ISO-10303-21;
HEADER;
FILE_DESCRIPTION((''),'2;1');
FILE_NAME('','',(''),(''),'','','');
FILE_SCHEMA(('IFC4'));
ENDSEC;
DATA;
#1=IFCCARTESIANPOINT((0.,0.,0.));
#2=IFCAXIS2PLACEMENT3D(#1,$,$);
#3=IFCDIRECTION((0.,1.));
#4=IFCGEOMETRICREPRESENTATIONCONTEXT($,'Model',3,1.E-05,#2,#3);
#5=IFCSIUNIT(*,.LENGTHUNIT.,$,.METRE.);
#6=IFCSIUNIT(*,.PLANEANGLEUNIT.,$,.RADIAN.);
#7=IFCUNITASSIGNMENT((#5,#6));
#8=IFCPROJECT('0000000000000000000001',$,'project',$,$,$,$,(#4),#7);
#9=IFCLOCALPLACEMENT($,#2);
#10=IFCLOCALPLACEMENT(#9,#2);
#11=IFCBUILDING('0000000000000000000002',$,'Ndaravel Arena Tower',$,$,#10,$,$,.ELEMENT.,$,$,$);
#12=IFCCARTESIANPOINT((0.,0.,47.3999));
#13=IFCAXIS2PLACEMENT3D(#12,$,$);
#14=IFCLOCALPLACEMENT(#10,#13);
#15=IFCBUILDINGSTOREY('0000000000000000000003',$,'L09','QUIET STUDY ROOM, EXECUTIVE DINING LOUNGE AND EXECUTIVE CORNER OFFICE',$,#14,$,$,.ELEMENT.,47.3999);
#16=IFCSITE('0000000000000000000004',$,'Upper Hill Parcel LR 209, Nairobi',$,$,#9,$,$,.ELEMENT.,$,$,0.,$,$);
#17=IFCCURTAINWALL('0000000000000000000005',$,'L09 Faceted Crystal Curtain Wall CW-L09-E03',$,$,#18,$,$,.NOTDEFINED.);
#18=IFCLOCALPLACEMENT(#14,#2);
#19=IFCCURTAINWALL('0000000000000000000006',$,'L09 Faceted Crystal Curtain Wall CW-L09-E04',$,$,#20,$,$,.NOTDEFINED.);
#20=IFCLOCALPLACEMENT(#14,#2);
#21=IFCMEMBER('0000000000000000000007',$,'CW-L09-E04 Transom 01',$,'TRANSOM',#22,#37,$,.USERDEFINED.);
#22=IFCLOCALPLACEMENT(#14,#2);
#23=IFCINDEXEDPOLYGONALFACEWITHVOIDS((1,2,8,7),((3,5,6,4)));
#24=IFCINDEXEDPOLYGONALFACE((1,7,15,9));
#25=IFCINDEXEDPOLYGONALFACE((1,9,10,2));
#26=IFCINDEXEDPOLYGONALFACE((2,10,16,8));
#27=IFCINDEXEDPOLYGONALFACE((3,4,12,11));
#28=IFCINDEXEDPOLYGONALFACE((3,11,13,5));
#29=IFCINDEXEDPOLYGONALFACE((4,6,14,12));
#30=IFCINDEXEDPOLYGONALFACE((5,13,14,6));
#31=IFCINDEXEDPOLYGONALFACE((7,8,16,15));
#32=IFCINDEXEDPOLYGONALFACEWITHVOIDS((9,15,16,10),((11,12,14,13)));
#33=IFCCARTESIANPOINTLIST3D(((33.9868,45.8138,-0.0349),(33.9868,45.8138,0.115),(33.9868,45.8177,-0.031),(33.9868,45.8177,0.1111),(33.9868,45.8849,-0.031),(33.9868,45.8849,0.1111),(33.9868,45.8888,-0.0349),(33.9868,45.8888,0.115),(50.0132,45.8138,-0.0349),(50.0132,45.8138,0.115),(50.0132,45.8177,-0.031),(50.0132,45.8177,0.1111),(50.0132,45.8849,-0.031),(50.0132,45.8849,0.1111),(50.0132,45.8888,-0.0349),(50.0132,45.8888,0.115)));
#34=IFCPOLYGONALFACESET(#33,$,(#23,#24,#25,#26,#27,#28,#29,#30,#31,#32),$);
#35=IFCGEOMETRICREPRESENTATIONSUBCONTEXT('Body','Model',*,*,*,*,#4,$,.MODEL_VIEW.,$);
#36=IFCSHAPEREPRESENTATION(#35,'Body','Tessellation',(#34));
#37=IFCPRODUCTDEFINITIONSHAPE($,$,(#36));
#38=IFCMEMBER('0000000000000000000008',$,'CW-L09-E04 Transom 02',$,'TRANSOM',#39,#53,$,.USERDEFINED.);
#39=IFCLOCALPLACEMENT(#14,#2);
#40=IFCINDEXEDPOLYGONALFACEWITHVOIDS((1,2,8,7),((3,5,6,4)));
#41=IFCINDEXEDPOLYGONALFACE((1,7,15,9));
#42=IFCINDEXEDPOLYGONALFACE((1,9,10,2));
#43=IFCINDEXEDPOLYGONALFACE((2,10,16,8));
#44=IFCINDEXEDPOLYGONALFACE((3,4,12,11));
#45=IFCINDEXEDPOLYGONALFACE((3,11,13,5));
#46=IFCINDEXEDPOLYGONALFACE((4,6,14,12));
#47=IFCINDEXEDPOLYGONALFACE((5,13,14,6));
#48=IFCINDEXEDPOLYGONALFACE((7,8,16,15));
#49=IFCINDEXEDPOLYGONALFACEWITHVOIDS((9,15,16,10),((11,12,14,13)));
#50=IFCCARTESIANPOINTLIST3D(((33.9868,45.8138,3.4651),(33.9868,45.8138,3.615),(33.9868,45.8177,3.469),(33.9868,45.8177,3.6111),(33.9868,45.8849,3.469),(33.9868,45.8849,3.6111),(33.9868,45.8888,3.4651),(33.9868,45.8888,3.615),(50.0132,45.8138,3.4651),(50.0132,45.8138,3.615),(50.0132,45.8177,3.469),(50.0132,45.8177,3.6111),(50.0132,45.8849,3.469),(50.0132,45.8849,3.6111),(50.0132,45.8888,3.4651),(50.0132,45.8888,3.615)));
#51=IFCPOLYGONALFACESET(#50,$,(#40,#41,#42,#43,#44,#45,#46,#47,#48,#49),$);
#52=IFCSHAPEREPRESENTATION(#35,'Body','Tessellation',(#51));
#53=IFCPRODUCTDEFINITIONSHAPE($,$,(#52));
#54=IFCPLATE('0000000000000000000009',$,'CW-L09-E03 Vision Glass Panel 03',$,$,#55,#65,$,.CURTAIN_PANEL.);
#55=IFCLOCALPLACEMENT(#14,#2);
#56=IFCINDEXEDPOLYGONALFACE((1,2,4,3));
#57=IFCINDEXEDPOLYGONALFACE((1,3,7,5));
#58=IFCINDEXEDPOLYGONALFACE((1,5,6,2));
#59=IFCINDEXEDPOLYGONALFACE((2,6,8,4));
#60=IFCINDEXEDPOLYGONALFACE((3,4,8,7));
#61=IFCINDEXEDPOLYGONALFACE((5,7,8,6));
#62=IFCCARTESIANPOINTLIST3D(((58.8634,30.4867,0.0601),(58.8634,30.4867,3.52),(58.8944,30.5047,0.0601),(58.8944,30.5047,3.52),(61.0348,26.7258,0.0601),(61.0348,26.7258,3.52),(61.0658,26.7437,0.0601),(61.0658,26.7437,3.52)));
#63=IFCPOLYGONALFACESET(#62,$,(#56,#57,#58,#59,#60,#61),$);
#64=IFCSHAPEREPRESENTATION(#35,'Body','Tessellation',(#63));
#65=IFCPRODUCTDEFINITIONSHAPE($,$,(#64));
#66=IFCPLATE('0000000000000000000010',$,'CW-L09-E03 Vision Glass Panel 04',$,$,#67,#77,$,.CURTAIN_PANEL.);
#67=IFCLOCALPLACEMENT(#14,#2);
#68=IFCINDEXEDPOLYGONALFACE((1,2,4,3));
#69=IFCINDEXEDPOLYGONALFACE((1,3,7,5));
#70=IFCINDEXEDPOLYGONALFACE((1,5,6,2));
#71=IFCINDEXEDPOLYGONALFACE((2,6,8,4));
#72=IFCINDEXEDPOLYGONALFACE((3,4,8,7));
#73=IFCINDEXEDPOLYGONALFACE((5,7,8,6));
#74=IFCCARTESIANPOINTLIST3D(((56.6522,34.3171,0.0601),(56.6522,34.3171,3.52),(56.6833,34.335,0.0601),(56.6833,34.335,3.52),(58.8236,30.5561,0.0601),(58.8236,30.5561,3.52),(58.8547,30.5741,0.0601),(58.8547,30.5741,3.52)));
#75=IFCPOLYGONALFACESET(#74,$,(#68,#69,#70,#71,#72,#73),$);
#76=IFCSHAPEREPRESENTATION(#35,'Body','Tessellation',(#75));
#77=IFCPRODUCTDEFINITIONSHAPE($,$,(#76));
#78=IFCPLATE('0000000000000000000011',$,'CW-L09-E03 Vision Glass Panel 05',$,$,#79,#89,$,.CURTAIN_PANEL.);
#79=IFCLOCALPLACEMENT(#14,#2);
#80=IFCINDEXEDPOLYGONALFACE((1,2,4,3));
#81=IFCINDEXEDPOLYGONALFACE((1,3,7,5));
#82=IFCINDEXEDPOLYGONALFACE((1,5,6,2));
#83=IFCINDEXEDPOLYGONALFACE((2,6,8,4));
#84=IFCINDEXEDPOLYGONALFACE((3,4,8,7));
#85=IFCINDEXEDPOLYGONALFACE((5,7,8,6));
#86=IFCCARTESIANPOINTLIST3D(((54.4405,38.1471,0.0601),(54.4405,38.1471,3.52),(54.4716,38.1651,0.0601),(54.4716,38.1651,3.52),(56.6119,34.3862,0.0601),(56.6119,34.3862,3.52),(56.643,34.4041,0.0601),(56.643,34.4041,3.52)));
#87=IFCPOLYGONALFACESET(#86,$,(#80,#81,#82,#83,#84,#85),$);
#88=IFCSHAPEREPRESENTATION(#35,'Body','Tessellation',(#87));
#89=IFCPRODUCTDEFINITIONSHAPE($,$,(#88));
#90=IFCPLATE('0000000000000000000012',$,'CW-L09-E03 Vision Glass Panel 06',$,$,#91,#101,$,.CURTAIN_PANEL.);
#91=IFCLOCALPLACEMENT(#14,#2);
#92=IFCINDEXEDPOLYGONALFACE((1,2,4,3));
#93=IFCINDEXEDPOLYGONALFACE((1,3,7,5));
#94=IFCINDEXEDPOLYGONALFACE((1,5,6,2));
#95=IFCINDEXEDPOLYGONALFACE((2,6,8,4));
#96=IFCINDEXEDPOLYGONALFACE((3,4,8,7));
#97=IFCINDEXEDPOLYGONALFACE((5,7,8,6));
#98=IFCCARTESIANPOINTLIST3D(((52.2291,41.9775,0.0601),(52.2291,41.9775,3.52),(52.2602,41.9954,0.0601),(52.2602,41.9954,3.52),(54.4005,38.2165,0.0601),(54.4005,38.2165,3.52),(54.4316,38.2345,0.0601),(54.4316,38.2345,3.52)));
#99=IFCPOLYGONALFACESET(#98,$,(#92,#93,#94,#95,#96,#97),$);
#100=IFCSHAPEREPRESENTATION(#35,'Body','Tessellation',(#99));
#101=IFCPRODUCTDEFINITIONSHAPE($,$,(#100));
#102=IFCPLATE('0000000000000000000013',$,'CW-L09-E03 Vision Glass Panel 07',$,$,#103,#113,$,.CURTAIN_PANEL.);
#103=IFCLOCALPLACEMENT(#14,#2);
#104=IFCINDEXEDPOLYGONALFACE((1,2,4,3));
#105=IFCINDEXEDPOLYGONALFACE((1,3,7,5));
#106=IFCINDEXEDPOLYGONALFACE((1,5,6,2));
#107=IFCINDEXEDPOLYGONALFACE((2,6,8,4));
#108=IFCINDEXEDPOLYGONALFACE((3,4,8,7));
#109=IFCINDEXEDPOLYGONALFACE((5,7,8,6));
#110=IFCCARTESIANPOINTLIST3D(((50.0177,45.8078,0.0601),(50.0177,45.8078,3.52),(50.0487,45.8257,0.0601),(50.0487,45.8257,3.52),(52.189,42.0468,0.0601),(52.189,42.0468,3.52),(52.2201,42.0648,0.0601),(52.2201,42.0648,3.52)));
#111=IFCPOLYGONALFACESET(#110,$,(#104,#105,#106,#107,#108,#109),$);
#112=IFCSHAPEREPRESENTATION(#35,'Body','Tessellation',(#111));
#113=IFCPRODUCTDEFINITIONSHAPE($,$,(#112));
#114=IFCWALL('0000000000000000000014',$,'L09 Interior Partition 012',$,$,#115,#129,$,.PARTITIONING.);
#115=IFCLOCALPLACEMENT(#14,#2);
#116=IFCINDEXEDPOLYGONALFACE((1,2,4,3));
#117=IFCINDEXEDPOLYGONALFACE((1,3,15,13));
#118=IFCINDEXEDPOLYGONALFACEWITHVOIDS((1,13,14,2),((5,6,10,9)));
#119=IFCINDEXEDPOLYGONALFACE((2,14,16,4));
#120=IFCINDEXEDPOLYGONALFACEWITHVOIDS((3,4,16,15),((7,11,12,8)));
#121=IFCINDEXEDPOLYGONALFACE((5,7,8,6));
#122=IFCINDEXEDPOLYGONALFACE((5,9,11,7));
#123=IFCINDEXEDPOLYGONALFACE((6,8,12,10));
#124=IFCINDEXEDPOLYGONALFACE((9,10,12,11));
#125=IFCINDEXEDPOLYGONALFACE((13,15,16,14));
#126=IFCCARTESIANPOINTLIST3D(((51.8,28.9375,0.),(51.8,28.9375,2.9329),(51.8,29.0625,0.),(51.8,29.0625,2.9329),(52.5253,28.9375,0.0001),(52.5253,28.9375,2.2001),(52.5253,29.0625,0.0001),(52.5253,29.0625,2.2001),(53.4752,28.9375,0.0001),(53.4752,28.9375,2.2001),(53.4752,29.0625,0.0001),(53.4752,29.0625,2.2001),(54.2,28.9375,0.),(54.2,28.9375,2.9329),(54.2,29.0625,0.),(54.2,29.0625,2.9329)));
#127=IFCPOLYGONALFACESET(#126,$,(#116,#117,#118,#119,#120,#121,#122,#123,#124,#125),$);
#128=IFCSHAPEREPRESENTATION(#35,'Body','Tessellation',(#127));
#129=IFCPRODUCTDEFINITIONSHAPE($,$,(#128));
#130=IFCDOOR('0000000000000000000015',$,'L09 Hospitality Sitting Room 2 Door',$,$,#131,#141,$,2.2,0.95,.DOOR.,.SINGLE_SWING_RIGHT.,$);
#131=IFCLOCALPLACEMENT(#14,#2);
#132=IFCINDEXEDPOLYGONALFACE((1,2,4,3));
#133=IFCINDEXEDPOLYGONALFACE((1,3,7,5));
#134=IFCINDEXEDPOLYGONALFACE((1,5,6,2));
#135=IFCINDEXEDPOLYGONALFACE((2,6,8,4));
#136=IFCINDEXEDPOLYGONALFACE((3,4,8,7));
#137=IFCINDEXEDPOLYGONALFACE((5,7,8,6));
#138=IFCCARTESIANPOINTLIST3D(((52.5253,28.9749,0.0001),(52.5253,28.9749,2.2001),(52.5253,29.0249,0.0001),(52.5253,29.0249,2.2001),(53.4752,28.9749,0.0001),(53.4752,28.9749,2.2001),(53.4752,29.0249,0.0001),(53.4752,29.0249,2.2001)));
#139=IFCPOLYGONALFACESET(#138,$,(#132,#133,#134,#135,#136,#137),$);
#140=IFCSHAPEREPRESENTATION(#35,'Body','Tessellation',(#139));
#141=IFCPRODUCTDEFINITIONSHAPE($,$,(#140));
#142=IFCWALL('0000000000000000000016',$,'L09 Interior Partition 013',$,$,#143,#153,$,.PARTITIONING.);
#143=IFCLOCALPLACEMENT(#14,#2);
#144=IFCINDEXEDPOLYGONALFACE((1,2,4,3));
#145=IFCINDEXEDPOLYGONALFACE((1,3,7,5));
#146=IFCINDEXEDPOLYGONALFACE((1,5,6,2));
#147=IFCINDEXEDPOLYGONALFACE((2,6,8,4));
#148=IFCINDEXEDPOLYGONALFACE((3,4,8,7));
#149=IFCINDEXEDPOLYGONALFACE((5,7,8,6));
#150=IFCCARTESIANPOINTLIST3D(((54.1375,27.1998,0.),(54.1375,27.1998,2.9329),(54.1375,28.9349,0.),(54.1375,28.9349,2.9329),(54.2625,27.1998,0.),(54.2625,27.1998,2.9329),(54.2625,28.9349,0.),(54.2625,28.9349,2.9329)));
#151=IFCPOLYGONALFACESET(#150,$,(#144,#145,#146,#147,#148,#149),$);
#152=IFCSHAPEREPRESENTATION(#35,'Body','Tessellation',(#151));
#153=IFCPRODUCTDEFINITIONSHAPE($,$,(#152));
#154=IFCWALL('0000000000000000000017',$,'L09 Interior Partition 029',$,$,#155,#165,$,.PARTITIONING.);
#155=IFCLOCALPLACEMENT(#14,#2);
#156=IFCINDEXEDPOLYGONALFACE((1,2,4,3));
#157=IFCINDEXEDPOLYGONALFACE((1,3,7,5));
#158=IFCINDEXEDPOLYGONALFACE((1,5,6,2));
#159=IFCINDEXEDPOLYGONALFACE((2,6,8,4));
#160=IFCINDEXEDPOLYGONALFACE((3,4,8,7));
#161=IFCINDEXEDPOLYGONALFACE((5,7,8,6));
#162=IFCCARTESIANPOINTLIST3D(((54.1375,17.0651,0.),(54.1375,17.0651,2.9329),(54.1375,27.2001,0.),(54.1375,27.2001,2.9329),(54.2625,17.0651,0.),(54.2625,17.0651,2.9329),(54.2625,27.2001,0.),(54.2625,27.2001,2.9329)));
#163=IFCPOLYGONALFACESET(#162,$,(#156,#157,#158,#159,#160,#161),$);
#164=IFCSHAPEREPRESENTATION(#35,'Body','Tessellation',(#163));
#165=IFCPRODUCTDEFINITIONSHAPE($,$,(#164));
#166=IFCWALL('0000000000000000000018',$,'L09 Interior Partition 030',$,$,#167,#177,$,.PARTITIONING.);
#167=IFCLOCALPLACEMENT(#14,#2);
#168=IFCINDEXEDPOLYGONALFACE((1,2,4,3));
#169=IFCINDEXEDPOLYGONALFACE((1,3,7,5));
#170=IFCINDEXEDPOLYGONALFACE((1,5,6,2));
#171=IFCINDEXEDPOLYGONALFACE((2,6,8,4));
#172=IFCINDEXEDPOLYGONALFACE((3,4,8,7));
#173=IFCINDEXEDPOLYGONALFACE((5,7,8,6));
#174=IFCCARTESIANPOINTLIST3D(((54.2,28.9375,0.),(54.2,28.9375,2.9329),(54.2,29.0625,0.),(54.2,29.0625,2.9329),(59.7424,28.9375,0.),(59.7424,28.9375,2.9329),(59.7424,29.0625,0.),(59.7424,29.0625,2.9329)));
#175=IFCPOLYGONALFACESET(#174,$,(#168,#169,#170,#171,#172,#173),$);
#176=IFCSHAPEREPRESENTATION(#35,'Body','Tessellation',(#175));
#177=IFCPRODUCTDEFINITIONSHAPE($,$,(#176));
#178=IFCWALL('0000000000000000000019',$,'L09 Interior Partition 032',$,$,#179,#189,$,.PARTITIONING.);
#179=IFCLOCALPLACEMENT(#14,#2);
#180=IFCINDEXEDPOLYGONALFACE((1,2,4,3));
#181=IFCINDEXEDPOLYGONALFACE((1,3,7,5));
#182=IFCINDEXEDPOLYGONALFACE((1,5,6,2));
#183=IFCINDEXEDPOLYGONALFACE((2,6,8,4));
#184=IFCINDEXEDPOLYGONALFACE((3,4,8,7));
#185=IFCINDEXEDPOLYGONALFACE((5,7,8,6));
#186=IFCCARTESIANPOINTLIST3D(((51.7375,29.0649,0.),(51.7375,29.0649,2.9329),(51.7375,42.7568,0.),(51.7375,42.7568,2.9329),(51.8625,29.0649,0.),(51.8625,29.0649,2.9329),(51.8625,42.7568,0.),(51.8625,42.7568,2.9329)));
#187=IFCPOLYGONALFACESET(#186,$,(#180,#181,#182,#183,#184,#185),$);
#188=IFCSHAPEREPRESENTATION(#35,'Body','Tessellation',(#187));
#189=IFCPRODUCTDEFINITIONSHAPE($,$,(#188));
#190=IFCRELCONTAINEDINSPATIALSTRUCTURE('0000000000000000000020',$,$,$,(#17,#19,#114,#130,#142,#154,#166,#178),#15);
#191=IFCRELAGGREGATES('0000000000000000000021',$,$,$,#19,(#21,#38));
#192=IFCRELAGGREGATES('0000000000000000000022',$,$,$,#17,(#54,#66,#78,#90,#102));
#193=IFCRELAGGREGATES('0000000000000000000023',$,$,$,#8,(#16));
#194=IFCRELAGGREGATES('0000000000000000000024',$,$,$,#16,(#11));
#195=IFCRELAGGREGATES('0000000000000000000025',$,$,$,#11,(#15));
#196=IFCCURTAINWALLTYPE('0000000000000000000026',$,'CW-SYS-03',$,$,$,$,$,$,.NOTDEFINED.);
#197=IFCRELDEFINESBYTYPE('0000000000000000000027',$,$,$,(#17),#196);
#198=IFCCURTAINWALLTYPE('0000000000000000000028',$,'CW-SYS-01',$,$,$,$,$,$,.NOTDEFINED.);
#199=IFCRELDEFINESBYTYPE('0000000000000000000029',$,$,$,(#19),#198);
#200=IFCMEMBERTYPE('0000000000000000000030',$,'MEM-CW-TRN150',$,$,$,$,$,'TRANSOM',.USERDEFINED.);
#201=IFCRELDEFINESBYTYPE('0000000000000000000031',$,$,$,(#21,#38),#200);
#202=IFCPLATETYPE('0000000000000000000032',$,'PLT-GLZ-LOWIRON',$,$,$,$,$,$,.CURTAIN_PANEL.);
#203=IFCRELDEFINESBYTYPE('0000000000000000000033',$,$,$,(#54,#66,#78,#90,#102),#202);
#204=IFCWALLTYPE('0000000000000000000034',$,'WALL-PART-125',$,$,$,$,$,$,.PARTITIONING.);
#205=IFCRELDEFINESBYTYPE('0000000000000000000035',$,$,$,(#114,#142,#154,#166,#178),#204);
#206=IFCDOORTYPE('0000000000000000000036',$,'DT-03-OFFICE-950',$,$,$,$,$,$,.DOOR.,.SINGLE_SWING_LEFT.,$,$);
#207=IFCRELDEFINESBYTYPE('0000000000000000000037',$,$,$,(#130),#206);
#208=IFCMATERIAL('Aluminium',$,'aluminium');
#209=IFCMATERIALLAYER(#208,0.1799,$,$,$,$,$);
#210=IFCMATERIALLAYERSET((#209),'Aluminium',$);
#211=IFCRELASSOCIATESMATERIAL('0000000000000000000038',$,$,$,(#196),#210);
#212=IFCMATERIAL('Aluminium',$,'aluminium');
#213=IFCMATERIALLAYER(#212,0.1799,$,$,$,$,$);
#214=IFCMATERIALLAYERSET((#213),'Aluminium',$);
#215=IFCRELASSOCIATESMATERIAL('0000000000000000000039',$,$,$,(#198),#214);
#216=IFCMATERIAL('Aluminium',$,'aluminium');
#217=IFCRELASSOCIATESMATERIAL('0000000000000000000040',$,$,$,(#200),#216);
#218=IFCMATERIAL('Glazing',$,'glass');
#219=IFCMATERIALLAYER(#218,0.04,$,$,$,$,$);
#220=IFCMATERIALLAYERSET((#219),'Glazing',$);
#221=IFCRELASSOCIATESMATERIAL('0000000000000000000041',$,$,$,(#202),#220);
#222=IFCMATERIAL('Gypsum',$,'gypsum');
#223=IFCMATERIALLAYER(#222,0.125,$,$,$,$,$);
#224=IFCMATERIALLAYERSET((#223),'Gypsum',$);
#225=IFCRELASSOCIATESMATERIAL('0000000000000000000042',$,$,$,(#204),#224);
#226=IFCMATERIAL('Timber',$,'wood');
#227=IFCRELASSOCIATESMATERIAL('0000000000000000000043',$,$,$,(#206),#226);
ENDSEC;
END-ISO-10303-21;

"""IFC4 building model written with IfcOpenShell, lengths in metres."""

from ifc_helpers import new_model, si_unit, direction, frame, frame_2d, origin, origin_2d, place, context, subcontext, project, spatial, rectangle, hollow_rectangle, extrude, material, layer, layer_set, material_profile, profile_set, type_object, element, fill, aggregate, save


model = new_model("IFC4")

# Units and contexts
model_context = context("Model", 3, precision=1e-05, world=origin(), true_north=direction((0.0, 1.0)))
body_context = subcontext(model_context, "Body", "Model", "MODEL_VIEW")
ifc_project = project(units=[si_unit("LENGTHUNIT", "METRE"), si_unit("PLANEANGLEUNIT", "RADIAN")], contexts=[model_context])

# Site, building, storey
site_placement = place(None, origin())
site = spatial("IfcSite", under=ifc_project, at=site_placement, Name="Upper Hill Parcel LR 209, Nairobi", CompositionType="ELEMENT", RefElevation=0.0)
building_placement = place(site_placement, origin())
building = spatial("IfcBuilding", under=site, at=building_placement, Name="Ndaravel Arena Tower", CompositionType="ELEMENT")
storey_placement = place(building_placement, frame((0.0, 0.0, 47.3999)))
storey = spatial("IfcBuildingStorey", under=building, at=storey_placement, Name="L09", Description="QUIET STUDY ROOM, EXECUTIVE DINING LOUNGE AND EXECUTIVE CORNER OFFICE", CompositionType="ELEMENT", Elevation=47.3999)

# Curtain walls, members
ifc_material_1 = material(Name="Aluminium", Category="aluminium")
ifc_layer_1 = layer(ifc_material_1, 0.1799)
ifc_layer_set_1 = layer_set([ifc_layer_1], Name="Aluminium")
curtain_wall_type_1 = type_object("IfcCurtainWallType", Name="CW-SYS-03", PredefinedType="NOTDEFINED", material=ifc_layer_set_1)
curtain_wall_1_placement = place(storey_placement, origin())
curtain_wall_1 = element("IfcCurtainWall", 1, at=curtain_wall_1_placement, inside=storey, type_object=curtain_wall_type_1, Name="L09 Faceted Crystal Curtain Wall CW-L09-E03", PredefinedType="NOTDEFINED")
ifc_material_2 = material(Name="Aluminium", Category="aluminium")
ifc_layer_2 = layer(ifc_material_2, 0.1799)
ifc_layer_set_2 = layer_set([ifc_layer_2], Name="Aluminium")
curtain_wall_type_2 = type_object("IfcCurtainWallType", Name="CW-SYS-01", PredefinedType="NOTDEFINED", material=ifc_layer_set_2)
curtain_wall_2_placement = place(storey_placement, origin())
curtain_wall_2 = element("IfcCurtainWall", 2, at=curtain_wall_2_placement, inside=storey, type_object=curtain_wall_type_2, Name="L09 Faceted Crystal Curtain Wall CW-L09-E04", PredefinedType="NOTDEFINED")
ifc_material_3 = material(Name="Aluminium", Category="aluminium")
ifc_material_profile_1 = material_profile(ifc_material_3, hollow_rectangle(XDim=0.075, YDim=0.1499, WallThickness=0.0039, at=origin_2d()), Name="CW TRANSOM 75x150x4")
ifc_profile_set_1 = profile_set([ifc_material_profile_1], Name="Aluminium")
member_type_1 = type_object("IfcMemberType", Name="MEM-CW-TRN150", ElementType="TRANSOM", PredefinedType="USERDEFINED", material=ifc_profile_set_1)
member_1_placement = place(storey_placement, frame((50.0132, 45.8513, 0.04), z_axis=(-1.0, 0.0, 0.0), x_axis=(0.0, -1.0, 0.0)))
member_1 = element("IfcMember", 3, at=member_1_placement, type_object=member_type_1, Name="CW-L09-E04 Transom 01", ObjectType="TRANSOM", PredefinedType="USERDEFINED", context=body_context, shape_type="SweptSolid", body=[
    extrude(hollow_rectangle(XDim=0.075, YDim=0.1499, WallThickness=0.0039, at=origin_2d()), origin(), (0.0, 0.0, 1.0), 16.0264),
])
member_2_placement = place(storey_placement, frame((50.0132, 45.8513, 3.54), z_axis=(-1.0, 0.0, 0.0), x_axis=(0.0, -1.0, 0.0)))
member_2 = element("IfcMember", 4, at=member_2_placement, type_object=member_type_1, Name="CW-L09-E04 Transom 02", ObjectType="TRANSOM", PredefinedType="USERDEFINED", context=body_context, shape_type="SweptSolid", body=[
    extrude(hollow_rectangle(XDim=0.075, YDim=0.1499, WallThickness=0.0039, at=origin_2d()), origin(), (0.0, 0.0, 1.0), 16.0264),
])
aggregate(curtain_wall_2, [member_1, member_2])

# Plates
ifc_material_4 = material(Name="Glazing", Category="glass")
ifc_layer_3 = layer(ifc_material_4, 0.04)
ifc_layer_set_3 = layer_set([ifc_layer_3], Name="Glazing")
plate_type = type_object("IfcPlateType", Name="PLT-GLZ-LOWIRON", PredefinedType="CURTAIN_PANEL", material=ifc_layer_set_3)
plate_1_placement = place(storey_placement, frame((59.9646, 28.6152, 0.0601), z_axis=(0.0, 0.0, 1.0), x_axis=(-0.5, 0.866025, 0.0)))
plate_1 = element("IfcPlate", 5, at=plate_1_placement, type_object=plate_type, Name="CW-L09-E03 Vision Glass Panel 03", PredefinedType="CURTAIN_PANEL", context=body_context, shape_type="SweptSolid", body=[
    extrude(rectangle(XDim=4.3428, YDim=0.0359, at=origin_2d()), origin(), (0.0, 0.0, 1.0), 3.46),
])
plate_2_placement = place(storey_placement, frame((57.7534, 32.4456, 0.0601), z_axis=(0.0, 0.0, 1.0), x_axis=(-0.5, 0.866025, 0.0)))
plate_2 = element("IfcPlate", 6, at=plate_2_placement, type_object=plate_type, Name="CW-L09-E03 Vision Glass Panel 04", PredefinedType="CURTAIN_PANEL", context=body_context, shape_type="SweptSolid", body=[
    extrude(rectangle(XDim=4.3428, YDim=0.0359, at=origin_2d()), origin(), (0.0, 0.0, 1.0), 3.46),
])
plate_3_placement = place(storey_placement, frame((55.5417, 36.2756, 0.0601), z_axis=(0.0, 0.0, 1.0), x_axis=(-0.5, 0.866025, 0.0)))
plate_3 = element("IfcPlate", 7, at=plate_3_placement, type_object=plate_type, Name="CW-L09-E03 Vision Glass Panel 05", PredefinedType="CURTAIN_PANEL", context=body_context, shape_type="SweptSolid", body=[
    extrude(rectangle(XDim=4.3428, YDim=0.0359, at=origin_2d()), origin(), (0.0, 0.0, 1.0), 3.46),
])
plate_4_placement = place(storey_placement, frame((53.3303, 40.106, 0.0601), z_axis=(0.0, 0.0, 1.0), x_axis=(-0.5, 0.866025, 0.0)))
plate_4 = element("IfcPlate", 8, at=plate_4_placement, type_object=plate_type, Name="CW-L09-E03 Vision Glass Panel 06", PredefinedType="CURTAIN_PANEL", context=body_context, shape_type="SweptSolid", body=[
    extrude(rectangle(XDim=4.3428, YDim=0.0359, at=origin_2d()), origin(), (0.0, 0.0, 1.0), 3.46),
])
plate_5_placement = place(storey_placement, frame((51.1189, 43.9363, 0.0601), z_axis=(0.0, 0.0, 1.0), x_axis=(-0.5, 0.866025, 0.0)))
plate_5 = element("IfcPlate", 9, at=plate_5_placement, type_object=plate_type, Name="CW-L09-E03 Vision Glass Panel 07", PredefinedType="CURTAIN_PANEL", context=body_context, shape_type="SweptSolid", body=[
    extrude(rectangle(XDim=4.3428, YDim=0.0359, at=origin_2d()), origin(), (0.0, 0.0, 1.0), 3.46),
])
aggregate(curtain_wall_1, [plate_1, plate_2, plate_3, plate_4, plate_5])

# Wall, opening, door
ifc_material_5 = material(Name="Gypsum", Category="gypsum")
ifc_layer_4 = layer(ifc_material_5, 0.125)
ifc_layer_set_4 = layer_set([ifc_layer_4], Name="Gypsum")
wall_type = type_object("IfcWallType", Name="WALL-PART-125", PredefinedType="PARTITIONING", material=ifc_layer_set_4)
wall_1_placement = place(storey_placement, frame((51.8, 29.0, 0.0), z_axis=(0.0, 0.0, 1.0), x_axis=(1.0, 0.0, 0.0)))
wall_1 = element("IfcWall", 10, at=wall_1_placement, inside=storey, type_object=wall_type, Name="L09 Interior Partition 012", PredefinedType="PARTITIONING", context=body_context, shape_type="SweptSolid", body=[
    extrude(rectangle(XDim=2.3999, YDim=0.125, at=frame_2d((1.2, 0.0))), origin(), (0.0, 0.0, 1.0), 2.9329),
])
opening_placement = place(wall_1_placement, frame((0.7251, 0.0, 0.0)))
opening = element("IfcOpeningElement", 11, at=opening_placement, cuts=wall_1, PredefinedType="OPENING", context=body_context, shape_type="SweptSolid", body=[
    extrude(rectangle(XDim=0.95, YDim=2.2, at=frame_2d((0.4751, 1.1001))), frame((0.0, 0.0625, 0.0), z_axis=(0.0, -1.0, 0.0), x_axis=(1.0, 0.0, 0.0)), (0.0, 0.0, 1.0), 0.125),
])
ifc_material_6 = material(Name="Timber", Category="wood")
door_type = type_object("IfcDoorType", Name="DT-03-OFFICE-950", OperationType="SINGLE_SWING_LEFT", PredefinedType="DOOR", material=ifc_material_6)
door_placement = place(opening_placement, origin())
door = element("IfcDoor", 12, at=door_placement, inside=storey, type_object=door_type, Name="L09 Hospitality Sitting Room 2 Door", OperationType="SINGLE_SWING_RIGHT", OverallHeight=2.2, OverallWidth=0.95, PredefinedType="DOOR", context=body_context, shape_type="SweptSolid", body=[
    extrude(rectangle(XDim=0.95, YDim=2.2, at=frame_2d((0.4751, 1.1001))), frame((0.0, 0.0249, 0.0), z_axis=(0.0, -1.0, 0.0), x_axis=(1.0, 0.0, 0.0)), (0.0, 0.0, 1.0), 0.05),
])
fill(opening, door)

# Walls
wall_2_placement = place(storey_placement, frame((54.2, 28.9351, 0.0), z_axis=(0.0, 0.0, 1.0), x_axis=(0.0, -1.0, 0.0)))
element("IfcWall", 13, at=wall_2_placement, inside=storey, type_object=wall_type, Name="L09 Interior Partition 013", PredefinedType="PARTITIONING", context=body_context, shape_type="SweptSolid", body=[
    extrude(rectangle(XDim=1.7351, YDim=0.125, at=frame_2d((0.8677, 0.0))), origin(), (0.0, 0.0, 1.0), 2.9329),
])
wall_3_placement = place(storey_placement, frame((54.2, 27.2, 0.0), z_axis=(0.0, 0.0, 1.0), x_axis=(0.0, -1.0, 0.0)))
element("IfcWall", 14, at=wall_3_placement, inside=storey, type_object=wall_type, Name="L09 Interior Partition 029", PredefinedType="PARTITIONING", context=body_context, shape_type="SweptSolid", body=[
    extrude(rectangle(XDim=10.135, YDim=0.125, at=frame_2d((5.0674, 0.0))), origin(), (0.0, 0.0, 1.0), 2.9329),
])
wall_4_placement = place(storey_placement, frame((54.2, 29.0, 0.0), z_axis=(0.0, 0.0, 1.0), x_axis=(1.0, 0.0, 0.0)))
element("IfcWall", 15, at=wall_4_placement, inside=storey, type_object=wall_type, Name="L09 Interior Partition 030", PredefinedType="PARTITIONING", context=body_context, shape_type="SweptSolid", body=[
    extrude(rectangle(XDim=5.5425, YDim=0.125, at=frame_2d((2.7712, 0.0))), origin(), (0.0, 0.0, 1.0), 2.9329),
])
wall_5_placement = place(storey_placement, frame((51.8, 29.0649, 0.0), z_axis=(0.0, 0.0, 1.0), x_axis=(0.0, 1.0, 0.0)))
element("IfcWall", 16, at=wall_5_placement, inside=storey, type_object=wall_type, Name="L09 Interior Partition 032", PredefinedType="PARTITIONING", context=body_context, shape_type="SweptSolid", body=[
    extrude(rectangle(XDim=13.6919, YDim=0.125, at=frame_2d((6.8459, 0.0))), origin(), (0.0, 0.0, 1.0), 2.9329),
])

save(model, "model.ifc")
